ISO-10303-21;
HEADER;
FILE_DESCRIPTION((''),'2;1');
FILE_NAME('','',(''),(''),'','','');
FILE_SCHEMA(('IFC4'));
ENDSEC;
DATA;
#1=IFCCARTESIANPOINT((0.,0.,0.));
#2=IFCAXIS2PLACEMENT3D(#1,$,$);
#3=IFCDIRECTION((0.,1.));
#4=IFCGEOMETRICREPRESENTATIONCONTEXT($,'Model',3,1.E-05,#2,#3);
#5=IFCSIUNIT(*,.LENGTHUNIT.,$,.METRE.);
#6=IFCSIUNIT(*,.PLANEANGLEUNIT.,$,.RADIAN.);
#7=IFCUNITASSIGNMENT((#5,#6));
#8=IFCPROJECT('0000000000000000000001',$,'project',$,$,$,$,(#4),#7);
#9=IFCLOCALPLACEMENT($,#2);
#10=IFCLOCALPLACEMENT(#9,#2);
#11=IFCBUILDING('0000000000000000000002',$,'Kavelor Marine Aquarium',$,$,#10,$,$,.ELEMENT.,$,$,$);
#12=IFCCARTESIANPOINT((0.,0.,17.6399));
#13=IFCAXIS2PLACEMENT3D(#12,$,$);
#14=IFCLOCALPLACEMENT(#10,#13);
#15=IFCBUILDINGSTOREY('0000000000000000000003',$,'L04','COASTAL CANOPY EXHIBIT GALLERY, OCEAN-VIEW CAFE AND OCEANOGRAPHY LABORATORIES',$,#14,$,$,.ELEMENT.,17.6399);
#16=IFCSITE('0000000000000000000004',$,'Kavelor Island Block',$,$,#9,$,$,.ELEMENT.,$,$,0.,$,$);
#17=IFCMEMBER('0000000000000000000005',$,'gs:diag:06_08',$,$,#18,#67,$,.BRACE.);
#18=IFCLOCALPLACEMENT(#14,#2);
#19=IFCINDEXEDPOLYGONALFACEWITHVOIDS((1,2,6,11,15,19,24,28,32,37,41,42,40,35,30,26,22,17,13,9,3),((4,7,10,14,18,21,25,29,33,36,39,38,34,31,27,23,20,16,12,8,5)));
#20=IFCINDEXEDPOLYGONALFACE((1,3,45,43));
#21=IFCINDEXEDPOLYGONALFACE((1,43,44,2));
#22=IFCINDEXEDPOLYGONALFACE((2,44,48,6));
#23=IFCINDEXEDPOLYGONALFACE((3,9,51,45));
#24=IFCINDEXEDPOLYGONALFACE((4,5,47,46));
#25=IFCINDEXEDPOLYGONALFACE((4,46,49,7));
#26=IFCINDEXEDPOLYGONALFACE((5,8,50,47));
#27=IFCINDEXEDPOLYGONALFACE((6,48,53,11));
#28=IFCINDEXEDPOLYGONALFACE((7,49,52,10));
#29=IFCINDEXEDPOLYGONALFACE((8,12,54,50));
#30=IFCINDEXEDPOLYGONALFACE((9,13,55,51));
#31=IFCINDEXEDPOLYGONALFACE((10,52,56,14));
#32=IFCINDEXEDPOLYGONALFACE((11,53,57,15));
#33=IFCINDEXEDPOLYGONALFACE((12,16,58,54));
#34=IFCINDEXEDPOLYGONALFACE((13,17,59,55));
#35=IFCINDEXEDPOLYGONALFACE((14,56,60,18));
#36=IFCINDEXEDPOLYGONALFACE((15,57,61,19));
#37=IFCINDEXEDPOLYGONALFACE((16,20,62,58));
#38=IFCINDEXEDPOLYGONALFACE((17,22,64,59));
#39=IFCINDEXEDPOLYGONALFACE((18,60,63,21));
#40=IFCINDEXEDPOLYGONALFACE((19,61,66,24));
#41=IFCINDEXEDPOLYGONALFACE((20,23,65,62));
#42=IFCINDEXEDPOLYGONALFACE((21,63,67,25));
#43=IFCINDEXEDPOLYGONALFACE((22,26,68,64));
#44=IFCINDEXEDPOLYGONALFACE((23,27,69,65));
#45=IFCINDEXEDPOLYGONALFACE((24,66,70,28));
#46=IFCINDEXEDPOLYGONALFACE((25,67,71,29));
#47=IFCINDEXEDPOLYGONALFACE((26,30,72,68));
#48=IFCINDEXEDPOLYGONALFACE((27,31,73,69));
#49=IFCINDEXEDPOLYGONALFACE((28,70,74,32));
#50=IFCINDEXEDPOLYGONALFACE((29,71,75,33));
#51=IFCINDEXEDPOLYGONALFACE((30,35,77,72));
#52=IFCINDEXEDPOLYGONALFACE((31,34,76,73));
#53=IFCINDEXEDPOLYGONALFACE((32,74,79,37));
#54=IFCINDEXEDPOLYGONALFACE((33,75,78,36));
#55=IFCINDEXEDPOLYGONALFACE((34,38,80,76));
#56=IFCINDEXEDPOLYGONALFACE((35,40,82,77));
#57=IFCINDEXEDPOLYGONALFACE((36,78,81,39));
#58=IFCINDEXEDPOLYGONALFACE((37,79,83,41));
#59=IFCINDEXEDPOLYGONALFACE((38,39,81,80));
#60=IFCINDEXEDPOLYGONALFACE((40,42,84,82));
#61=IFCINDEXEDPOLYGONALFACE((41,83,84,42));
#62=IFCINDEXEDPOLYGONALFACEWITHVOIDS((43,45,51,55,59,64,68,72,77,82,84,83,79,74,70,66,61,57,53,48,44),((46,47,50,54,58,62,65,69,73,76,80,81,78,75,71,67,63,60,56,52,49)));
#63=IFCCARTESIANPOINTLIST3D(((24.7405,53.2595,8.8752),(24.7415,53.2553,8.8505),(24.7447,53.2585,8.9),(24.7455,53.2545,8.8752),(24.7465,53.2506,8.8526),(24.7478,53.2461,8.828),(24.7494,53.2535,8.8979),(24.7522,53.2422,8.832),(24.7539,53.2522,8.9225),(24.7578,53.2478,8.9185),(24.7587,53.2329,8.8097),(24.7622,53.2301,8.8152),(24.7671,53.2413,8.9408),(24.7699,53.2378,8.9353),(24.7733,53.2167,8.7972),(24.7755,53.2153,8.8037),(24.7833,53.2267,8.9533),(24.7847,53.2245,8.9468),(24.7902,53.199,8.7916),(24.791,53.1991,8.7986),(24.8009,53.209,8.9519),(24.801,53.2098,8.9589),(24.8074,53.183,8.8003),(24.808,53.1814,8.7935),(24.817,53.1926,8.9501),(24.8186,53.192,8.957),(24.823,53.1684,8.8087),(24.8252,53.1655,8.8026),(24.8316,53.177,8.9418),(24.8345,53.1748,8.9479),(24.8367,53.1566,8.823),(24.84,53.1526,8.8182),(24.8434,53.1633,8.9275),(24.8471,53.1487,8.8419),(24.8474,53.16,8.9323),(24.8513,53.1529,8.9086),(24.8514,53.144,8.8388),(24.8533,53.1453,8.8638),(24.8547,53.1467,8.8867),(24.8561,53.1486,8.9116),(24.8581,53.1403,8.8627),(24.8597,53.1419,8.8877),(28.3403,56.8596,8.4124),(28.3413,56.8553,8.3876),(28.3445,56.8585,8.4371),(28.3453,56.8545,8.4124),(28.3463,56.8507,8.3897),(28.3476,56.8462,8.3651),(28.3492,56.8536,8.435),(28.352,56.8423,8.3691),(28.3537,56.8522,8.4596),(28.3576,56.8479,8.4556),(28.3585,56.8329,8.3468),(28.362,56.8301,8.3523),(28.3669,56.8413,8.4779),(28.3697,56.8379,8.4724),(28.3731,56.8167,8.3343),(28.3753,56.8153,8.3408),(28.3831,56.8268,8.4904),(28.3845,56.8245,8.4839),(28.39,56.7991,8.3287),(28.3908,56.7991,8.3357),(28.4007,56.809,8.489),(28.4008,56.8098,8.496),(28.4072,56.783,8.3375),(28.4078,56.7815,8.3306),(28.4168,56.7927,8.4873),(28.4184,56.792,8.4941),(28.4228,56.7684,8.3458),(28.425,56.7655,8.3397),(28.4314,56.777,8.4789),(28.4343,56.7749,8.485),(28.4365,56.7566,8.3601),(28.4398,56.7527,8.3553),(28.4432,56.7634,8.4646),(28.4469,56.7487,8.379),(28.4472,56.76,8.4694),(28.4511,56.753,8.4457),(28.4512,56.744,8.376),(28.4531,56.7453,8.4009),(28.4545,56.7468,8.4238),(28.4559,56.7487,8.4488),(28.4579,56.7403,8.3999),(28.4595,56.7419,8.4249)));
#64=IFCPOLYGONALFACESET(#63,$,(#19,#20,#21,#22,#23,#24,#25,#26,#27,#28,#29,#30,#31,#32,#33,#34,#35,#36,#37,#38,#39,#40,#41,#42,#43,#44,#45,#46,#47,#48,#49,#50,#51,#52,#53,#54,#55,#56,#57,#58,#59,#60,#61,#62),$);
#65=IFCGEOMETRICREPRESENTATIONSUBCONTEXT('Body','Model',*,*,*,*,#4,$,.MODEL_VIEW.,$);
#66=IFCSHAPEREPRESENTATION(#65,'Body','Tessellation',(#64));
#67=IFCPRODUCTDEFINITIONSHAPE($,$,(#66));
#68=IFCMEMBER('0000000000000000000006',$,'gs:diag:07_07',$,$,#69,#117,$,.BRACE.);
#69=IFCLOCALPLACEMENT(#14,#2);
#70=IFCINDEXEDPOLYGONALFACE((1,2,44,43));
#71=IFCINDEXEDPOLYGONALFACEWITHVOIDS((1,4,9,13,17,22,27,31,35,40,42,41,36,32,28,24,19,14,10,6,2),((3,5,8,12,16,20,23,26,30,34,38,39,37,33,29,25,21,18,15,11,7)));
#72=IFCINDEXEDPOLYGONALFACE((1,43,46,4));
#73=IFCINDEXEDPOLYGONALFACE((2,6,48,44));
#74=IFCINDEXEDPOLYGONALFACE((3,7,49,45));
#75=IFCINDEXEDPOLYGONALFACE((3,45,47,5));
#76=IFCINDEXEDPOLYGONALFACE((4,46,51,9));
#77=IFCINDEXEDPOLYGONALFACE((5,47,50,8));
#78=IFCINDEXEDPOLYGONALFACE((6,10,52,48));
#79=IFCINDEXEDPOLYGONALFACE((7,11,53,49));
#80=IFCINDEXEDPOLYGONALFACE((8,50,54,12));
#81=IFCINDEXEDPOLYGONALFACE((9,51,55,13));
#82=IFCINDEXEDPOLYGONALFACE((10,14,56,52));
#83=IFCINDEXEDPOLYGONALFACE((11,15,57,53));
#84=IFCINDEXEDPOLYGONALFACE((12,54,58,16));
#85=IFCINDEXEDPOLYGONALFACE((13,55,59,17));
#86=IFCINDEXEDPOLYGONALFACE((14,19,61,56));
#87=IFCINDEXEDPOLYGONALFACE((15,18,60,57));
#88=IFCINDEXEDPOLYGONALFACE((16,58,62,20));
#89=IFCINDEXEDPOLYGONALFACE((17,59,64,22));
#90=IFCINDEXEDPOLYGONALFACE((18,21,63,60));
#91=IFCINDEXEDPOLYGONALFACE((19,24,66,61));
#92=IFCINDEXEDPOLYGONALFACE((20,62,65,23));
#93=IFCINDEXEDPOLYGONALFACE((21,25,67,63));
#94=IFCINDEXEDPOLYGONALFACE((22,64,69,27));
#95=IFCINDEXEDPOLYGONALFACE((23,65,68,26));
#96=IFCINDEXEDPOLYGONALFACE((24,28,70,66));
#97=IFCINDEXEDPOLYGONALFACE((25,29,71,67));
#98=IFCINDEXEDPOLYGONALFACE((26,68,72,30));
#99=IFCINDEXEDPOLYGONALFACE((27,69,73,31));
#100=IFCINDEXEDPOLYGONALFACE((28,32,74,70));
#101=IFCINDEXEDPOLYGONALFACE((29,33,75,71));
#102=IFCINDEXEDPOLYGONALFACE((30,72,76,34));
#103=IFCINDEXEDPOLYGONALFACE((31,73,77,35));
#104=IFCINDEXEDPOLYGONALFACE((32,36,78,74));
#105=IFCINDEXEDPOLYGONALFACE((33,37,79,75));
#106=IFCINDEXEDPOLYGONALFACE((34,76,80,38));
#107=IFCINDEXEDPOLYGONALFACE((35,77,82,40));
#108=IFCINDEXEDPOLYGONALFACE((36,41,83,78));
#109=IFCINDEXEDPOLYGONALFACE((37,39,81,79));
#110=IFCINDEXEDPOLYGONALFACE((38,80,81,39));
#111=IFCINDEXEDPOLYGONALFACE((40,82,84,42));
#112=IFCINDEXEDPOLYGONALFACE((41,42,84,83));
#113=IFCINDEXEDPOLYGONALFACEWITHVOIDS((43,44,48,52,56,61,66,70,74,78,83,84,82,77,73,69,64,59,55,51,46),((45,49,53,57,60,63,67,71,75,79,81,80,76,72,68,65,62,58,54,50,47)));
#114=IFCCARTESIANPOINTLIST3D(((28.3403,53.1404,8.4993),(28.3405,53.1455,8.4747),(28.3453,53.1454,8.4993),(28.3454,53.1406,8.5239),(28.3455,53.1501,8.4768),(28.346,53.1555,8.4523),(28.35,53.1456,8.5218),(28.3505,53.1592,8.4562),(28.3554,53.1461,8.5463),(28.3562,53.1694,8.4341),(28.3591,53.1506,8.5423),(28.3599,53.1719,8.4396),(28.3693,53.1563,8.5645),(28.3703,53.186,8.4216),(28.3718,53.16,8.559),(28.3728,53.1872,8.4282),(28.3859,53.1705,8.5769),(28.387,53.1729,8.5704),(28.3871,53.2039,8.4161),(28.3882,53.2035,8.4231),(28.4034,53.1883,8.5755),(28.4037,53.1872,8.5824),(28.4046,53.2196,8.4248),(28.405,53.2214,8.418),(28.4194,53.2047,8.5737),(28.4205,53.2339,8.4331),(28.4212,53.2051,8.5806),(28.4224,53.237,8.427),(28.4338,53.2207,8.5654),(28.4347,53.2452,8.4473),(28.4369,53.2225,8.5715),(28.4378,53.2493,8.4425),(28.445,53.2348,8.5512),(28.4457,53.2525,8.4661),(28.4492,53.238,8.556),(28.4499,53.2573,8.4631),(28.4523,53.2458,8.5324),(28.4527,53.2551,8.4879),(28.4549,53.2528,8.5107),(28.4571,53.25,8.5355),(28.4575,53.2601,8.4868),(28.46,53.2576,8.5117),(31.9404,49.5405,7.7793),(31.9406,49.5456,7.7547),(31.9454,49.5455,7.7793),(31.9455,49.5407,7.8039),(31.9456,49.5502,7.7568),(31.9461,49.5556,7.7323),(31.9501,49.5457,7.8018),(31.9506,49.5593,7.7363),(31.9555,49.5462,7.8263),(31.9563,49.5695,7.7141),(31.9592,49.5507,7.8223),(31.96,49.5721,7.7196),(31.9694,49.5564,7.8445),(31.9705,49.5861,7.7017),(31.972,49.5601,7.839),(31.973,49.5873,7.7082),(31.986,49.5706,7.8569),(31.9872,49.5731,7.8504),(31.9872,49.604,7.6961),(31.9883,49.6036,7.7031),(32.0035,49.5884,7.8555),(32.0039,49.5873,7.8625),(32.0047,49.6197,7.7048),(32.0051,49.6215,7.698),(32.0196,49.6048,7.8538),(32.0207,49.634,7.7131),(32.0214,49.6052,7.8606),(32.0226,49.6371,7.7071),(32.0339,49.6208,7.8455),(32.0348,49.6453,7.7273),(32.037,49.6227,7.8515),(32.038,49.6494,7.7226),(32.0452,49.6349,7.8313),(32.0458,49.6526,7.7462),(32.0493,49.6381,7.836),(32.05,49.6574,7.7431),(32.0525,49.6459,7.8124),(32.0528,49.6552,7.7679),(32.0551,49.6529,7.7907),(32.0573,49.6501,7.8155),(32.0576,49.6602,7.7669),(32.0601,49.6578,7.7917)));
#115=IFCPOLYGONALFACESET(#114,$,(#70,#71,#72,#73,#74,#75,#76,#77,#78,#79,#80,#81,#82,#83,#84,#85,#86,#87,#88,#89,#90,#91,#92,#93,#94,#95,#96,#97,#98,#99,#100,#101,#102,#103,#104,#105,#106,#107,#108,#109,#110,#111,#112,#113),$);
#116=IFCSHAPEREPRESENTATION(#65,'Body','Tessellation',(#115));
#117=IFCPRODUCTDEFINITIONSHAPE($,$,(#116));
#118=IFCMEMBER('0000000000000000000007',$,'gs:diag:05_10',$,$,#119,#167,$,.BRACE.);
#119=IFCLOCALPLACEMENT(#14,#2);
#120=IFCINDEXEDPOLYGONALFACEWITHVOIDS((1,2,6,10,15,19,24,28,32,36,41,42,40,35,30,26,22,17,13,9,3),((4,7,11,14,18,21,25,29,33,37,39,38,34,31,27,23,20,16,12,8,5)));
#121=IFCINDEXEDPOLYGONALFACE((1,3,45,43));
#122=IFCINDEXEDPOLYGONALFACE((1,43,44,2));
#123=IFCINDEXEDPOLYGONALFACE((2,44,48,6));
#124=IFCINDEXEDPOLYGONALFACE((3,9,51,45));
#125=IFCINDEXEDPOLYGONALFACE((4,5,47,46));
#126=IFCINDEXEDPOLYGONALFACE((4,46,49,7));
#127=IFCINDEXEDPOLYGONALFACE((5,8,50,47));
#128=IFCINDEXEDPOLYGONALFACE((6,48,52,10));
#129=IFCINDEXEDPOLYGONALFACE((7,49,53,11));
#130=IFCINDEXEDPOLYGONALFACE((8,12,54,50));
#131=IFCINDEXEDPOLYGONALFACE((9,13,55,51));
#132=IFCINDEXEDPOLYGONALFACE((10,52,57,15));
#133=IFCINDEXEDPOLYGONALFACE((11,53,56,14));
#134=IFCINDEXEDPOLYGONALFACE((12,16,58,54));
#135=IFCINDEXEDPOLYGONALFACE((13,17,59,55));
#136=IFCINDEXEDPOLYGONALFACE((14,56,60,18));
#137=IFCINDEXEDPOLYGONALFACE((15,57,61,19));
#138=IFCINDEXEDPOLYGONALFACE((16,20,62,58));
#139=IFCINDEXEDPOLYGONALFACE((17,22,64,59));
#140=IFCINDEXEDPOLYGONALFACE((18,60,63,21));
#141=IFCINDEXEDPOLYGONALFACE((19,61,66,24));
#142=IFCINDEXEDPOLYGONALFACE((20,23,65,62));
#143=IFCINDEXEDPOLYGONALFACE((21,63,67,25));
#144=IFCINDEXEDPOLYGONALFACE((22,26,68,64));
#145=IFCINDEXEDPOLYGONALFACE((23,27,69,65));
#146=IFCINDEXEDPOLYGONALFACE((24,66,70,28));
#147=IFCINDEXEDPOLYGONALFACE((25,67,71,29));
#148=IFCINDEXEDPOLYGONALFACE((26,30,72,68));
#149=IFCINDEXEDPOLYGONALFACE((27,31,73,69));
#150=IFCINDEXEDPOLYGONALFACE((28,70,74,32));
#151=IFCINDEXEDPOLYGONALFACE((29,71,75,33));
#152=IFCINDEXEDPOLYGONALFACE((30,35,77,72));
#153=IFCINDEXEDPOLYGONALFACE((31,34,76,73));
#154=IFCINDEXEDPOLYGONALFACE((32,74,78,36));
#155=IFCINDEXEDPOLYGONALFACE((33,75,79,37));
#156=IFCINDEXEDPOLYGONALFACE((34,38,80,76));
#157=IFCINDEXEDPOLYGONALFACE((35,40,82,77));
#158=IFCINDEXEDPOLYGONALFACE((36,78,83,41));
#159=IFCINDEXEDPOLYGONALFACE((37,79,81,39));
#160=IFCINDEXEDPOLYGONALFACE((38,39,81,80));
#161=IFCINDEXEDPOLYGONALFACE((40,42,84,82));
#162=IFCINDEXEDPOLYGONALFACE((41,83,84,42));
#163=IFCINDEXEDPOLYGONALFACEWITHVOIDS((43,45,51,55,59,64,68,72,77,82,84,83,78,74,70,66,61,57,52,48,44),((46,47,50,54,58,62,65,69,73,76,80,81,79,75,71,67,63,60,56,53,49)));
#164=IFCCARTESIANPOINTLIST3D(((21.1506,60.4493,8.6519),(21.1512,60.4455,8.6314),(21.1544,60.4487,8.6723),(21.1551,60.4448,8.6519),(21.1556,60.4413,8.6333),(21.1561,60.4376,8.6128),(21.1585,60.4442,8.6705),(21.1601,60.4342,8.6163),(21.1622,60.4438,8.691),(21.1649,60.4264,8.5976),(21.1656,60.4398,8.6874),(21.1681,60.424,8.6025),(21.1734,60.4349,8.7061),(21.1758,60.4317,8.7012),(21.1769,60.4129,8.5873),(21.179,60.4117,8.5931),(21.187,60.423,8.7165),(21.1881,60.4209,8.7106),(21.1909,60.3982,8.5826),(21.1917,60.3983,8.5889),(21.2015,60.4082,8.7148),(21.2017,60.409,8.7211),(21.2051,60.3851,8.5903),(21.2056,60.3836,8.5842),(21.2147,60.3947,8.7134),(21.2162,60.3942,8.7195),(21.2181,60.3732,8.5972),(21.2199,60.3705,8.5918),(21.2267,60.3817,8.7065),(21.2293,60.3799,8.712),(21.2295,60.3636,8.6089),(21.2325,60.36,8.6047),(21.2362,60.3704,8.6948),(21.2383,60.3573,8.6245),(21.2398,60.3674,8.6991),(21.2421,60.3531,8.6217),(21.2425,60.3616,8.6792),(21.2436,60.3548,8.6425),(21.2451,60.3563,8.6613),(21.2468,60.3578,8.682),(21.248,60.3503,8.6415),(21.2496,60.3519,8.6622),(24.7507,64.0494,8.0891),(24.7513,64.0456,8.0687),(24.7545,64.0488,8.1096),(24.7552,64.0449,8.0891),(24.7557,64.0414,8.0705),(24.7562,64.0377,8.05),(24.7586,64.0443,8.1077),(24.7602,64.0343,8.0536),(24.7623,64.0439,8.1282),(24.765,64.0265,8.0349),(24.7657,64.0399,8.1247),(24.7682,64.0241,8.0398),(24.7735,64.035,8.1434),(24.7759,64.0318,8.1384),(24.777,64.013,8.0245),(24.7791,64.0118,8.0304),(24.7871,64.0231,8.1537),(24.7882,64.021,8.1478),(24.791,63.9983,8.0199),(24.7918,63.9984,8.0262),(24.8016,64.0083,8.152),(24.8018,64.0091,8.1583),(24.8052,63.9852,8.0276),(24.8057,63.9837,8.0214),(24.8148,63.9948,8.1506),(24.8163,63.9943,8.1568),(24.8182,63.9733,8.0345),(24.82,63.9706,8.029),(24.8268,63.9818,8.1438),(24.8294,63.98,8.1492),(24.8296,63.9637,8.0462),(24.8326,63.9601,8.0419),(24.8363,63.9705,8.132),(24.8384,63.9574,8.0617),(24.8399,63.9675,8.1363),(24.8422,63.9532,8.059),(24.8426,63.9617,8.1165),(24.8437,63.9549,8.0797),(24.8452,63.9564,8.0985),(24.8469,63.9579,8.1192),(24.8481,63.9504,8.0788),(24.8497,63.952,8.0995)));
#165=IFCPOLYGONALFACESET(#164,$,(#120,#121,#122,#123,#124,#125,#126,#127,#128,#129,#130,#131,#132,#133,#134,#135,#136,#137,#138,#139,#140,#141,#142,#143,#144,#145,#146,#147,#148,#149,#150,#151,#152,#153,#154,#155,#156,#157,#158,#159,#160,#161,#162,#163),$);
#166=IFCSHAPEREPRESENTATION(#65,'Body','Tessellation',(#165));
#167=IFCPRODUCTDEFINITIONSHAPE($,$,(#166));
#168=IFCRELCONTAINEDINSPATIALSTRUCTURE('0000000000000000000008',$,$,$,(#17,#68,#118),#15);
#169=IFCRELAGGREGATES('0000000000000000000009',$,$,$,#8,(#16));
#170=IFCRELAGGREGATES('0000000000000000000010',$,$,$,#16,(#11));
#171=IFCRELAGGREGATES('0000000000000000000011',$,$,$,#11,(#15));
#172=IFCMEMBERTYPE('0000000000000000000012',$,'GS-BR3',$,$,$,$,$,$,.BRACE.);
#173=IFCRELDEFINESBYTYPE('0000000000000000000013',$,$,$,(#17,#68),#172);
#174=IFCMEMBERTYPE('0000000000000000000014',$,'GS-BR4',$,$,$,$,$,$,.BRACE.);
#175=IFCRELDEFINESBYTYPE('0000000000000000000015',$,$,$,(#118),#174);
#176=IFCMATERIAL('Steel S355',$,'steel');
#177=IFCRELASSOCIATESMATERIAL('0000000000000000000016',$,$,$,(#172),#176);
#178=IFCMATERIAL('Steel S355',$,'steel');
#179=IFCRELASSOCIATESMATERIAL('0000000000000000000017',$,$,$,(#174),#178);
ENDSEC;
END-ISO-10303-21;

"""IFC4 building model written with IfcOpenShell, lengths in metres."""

from ifc_helpers import new_model, si_unit, direction, frame, origin, origin_2d, place, context, subcontext, project, spatial, hollow_circle, extrude, material, material_profile, profile_set, type_object, element, save


model = new_model("IFC4")

# Units and contexts
model_context = context("Model", 3, precision=1e-05, world=origin(), true_north=direction((0.0, 1.0)))
body_context = subcontext(model_context, "Body", "Model", "MODEL_VIEW")
ifc_project = project(units=[si_unit("LENGTHUNIT", "METRE"), si_unit("PLANEANGLEUNIT", "RADIAN")], contexts=[model_context])

# Site, building, storey
site_placement = place(None, origin())
site = spatial("IfcSite", under=ifc_project, at=site_placement, Name="Kavelor Island Block", CompositionType="ELEMENT", RefElevation=0.0)
building_placement = place(site_placement, origin())
building = spatial("IfcBuilding", under=site, at=building_placement, Name="Kavelor Marine Aquarium", CompositionType="ELEMENT")
storey_placement = place(building_placement, frame((0.0, 0.0, 17.6399)))
storey = spatial("IfcBuildingStorey", under=building, at=storey_placement, Name="L04", Description="COASTAL CANOPY EXHIBIT GALLERY, OCEAN-VIEW CAFE AND OCEANOGRAPHY LABORATORIES", CompositionType="ELEMENT", Elevation=17.6399)

# Members
ifc_material_1 = material(Name="Steel S355", Category="steel")
ifc_material_profile_1 = material_profile(ifc_material_1, hollow_circle(Radius=0.0842, WallThickness=0.0071, at=origin_2d()), Name="CHS 168.3x7.1")
ifc_profile_set_1 = profile_set([ifc_material_profile_1], Name="Steel S355")
member_type_1 = type_object("IfcMemberType", Name="GS-BR3", PredefinedType="BRACE", material=ifc_profile_set_1)
member_1_placement = place(storey_placement, frame((24.8, 53.2, 8.8752), z_axis=(0.704178, 0.704226, -0.090547), x_axis=(-0.707131, 0.707083, 0.0)))
element("IfcMember", 1, at=member_1_placement, inside=storey, type_object=member_type_1, Name="gs:diag:06_08", PredefinedType="BRACE", context=body_context, shape_type="SweptSolid", body=[
    extrude(hollow_circle(Radius=0.0842, WallThickness=0.0071, at=origin_2d()), origin(), (0.0, 0.0, 1.0), 5.1121),
])
member_2_placement = place(storey_placement, frame((32.0, 49.6001, 7.7793), z_axis=(-0.700164, 0.700117, 0.140023), x_axis=(-0.707083, -0.707131, 0.0)))
element("IfcMember", 2, at=member_2_placement, inside=storey, type_object=member_type_1, Name="gs:diag:07_07", PredefinedType="BRACE", context=body_context, shape_type="SweptSolid", body=[
    extrude(hollow_circle(Radius=0.0842, WallThickness=0.0071, at=origin_2d()), origin(), (0.0, 0.0, 1.0), 5.1418),
])
ifc_material_2 = material(Name="Steel S355", Category="steel")
ifc_material_profile_2 = material_profile(ifc_material_2, hollow_circle(Radius=0.0698, WallThickness=0.0063, at=origin_2d()), Name="CHS 139.7x6.3")
ifc_profile_set_2 = profile_set([ifc_material_profile_2], Name="Steel S355")
member_type_2 = type_object("IfcMemberType", Name="GS-BR4", PredefinedType="BRACE", material=ifc_profile_set_2)
member_3_placement = place(storey_placement, frame((21.2, 60.3999, 8.6519), z_axis=(0.702827, 0.702827, -0.109861), x_axis=(-0.707107, 0.707107, 0.0)))
element("IfcMember", 3, at=member_3_placement, inside=storey, type_object=member_type_2, Name="gs:diag:05_10", PredefinedType="BRACE", context=body_context, shape_type="SweptSolid", body=[
    extrude(hollow_circle(Radius=0.0698, WallThickness=0.0063, at=origin_2d()), origin(), (0.0, 0.0, 1.0), 5.1223),
])

save(model, "model.ifc")
